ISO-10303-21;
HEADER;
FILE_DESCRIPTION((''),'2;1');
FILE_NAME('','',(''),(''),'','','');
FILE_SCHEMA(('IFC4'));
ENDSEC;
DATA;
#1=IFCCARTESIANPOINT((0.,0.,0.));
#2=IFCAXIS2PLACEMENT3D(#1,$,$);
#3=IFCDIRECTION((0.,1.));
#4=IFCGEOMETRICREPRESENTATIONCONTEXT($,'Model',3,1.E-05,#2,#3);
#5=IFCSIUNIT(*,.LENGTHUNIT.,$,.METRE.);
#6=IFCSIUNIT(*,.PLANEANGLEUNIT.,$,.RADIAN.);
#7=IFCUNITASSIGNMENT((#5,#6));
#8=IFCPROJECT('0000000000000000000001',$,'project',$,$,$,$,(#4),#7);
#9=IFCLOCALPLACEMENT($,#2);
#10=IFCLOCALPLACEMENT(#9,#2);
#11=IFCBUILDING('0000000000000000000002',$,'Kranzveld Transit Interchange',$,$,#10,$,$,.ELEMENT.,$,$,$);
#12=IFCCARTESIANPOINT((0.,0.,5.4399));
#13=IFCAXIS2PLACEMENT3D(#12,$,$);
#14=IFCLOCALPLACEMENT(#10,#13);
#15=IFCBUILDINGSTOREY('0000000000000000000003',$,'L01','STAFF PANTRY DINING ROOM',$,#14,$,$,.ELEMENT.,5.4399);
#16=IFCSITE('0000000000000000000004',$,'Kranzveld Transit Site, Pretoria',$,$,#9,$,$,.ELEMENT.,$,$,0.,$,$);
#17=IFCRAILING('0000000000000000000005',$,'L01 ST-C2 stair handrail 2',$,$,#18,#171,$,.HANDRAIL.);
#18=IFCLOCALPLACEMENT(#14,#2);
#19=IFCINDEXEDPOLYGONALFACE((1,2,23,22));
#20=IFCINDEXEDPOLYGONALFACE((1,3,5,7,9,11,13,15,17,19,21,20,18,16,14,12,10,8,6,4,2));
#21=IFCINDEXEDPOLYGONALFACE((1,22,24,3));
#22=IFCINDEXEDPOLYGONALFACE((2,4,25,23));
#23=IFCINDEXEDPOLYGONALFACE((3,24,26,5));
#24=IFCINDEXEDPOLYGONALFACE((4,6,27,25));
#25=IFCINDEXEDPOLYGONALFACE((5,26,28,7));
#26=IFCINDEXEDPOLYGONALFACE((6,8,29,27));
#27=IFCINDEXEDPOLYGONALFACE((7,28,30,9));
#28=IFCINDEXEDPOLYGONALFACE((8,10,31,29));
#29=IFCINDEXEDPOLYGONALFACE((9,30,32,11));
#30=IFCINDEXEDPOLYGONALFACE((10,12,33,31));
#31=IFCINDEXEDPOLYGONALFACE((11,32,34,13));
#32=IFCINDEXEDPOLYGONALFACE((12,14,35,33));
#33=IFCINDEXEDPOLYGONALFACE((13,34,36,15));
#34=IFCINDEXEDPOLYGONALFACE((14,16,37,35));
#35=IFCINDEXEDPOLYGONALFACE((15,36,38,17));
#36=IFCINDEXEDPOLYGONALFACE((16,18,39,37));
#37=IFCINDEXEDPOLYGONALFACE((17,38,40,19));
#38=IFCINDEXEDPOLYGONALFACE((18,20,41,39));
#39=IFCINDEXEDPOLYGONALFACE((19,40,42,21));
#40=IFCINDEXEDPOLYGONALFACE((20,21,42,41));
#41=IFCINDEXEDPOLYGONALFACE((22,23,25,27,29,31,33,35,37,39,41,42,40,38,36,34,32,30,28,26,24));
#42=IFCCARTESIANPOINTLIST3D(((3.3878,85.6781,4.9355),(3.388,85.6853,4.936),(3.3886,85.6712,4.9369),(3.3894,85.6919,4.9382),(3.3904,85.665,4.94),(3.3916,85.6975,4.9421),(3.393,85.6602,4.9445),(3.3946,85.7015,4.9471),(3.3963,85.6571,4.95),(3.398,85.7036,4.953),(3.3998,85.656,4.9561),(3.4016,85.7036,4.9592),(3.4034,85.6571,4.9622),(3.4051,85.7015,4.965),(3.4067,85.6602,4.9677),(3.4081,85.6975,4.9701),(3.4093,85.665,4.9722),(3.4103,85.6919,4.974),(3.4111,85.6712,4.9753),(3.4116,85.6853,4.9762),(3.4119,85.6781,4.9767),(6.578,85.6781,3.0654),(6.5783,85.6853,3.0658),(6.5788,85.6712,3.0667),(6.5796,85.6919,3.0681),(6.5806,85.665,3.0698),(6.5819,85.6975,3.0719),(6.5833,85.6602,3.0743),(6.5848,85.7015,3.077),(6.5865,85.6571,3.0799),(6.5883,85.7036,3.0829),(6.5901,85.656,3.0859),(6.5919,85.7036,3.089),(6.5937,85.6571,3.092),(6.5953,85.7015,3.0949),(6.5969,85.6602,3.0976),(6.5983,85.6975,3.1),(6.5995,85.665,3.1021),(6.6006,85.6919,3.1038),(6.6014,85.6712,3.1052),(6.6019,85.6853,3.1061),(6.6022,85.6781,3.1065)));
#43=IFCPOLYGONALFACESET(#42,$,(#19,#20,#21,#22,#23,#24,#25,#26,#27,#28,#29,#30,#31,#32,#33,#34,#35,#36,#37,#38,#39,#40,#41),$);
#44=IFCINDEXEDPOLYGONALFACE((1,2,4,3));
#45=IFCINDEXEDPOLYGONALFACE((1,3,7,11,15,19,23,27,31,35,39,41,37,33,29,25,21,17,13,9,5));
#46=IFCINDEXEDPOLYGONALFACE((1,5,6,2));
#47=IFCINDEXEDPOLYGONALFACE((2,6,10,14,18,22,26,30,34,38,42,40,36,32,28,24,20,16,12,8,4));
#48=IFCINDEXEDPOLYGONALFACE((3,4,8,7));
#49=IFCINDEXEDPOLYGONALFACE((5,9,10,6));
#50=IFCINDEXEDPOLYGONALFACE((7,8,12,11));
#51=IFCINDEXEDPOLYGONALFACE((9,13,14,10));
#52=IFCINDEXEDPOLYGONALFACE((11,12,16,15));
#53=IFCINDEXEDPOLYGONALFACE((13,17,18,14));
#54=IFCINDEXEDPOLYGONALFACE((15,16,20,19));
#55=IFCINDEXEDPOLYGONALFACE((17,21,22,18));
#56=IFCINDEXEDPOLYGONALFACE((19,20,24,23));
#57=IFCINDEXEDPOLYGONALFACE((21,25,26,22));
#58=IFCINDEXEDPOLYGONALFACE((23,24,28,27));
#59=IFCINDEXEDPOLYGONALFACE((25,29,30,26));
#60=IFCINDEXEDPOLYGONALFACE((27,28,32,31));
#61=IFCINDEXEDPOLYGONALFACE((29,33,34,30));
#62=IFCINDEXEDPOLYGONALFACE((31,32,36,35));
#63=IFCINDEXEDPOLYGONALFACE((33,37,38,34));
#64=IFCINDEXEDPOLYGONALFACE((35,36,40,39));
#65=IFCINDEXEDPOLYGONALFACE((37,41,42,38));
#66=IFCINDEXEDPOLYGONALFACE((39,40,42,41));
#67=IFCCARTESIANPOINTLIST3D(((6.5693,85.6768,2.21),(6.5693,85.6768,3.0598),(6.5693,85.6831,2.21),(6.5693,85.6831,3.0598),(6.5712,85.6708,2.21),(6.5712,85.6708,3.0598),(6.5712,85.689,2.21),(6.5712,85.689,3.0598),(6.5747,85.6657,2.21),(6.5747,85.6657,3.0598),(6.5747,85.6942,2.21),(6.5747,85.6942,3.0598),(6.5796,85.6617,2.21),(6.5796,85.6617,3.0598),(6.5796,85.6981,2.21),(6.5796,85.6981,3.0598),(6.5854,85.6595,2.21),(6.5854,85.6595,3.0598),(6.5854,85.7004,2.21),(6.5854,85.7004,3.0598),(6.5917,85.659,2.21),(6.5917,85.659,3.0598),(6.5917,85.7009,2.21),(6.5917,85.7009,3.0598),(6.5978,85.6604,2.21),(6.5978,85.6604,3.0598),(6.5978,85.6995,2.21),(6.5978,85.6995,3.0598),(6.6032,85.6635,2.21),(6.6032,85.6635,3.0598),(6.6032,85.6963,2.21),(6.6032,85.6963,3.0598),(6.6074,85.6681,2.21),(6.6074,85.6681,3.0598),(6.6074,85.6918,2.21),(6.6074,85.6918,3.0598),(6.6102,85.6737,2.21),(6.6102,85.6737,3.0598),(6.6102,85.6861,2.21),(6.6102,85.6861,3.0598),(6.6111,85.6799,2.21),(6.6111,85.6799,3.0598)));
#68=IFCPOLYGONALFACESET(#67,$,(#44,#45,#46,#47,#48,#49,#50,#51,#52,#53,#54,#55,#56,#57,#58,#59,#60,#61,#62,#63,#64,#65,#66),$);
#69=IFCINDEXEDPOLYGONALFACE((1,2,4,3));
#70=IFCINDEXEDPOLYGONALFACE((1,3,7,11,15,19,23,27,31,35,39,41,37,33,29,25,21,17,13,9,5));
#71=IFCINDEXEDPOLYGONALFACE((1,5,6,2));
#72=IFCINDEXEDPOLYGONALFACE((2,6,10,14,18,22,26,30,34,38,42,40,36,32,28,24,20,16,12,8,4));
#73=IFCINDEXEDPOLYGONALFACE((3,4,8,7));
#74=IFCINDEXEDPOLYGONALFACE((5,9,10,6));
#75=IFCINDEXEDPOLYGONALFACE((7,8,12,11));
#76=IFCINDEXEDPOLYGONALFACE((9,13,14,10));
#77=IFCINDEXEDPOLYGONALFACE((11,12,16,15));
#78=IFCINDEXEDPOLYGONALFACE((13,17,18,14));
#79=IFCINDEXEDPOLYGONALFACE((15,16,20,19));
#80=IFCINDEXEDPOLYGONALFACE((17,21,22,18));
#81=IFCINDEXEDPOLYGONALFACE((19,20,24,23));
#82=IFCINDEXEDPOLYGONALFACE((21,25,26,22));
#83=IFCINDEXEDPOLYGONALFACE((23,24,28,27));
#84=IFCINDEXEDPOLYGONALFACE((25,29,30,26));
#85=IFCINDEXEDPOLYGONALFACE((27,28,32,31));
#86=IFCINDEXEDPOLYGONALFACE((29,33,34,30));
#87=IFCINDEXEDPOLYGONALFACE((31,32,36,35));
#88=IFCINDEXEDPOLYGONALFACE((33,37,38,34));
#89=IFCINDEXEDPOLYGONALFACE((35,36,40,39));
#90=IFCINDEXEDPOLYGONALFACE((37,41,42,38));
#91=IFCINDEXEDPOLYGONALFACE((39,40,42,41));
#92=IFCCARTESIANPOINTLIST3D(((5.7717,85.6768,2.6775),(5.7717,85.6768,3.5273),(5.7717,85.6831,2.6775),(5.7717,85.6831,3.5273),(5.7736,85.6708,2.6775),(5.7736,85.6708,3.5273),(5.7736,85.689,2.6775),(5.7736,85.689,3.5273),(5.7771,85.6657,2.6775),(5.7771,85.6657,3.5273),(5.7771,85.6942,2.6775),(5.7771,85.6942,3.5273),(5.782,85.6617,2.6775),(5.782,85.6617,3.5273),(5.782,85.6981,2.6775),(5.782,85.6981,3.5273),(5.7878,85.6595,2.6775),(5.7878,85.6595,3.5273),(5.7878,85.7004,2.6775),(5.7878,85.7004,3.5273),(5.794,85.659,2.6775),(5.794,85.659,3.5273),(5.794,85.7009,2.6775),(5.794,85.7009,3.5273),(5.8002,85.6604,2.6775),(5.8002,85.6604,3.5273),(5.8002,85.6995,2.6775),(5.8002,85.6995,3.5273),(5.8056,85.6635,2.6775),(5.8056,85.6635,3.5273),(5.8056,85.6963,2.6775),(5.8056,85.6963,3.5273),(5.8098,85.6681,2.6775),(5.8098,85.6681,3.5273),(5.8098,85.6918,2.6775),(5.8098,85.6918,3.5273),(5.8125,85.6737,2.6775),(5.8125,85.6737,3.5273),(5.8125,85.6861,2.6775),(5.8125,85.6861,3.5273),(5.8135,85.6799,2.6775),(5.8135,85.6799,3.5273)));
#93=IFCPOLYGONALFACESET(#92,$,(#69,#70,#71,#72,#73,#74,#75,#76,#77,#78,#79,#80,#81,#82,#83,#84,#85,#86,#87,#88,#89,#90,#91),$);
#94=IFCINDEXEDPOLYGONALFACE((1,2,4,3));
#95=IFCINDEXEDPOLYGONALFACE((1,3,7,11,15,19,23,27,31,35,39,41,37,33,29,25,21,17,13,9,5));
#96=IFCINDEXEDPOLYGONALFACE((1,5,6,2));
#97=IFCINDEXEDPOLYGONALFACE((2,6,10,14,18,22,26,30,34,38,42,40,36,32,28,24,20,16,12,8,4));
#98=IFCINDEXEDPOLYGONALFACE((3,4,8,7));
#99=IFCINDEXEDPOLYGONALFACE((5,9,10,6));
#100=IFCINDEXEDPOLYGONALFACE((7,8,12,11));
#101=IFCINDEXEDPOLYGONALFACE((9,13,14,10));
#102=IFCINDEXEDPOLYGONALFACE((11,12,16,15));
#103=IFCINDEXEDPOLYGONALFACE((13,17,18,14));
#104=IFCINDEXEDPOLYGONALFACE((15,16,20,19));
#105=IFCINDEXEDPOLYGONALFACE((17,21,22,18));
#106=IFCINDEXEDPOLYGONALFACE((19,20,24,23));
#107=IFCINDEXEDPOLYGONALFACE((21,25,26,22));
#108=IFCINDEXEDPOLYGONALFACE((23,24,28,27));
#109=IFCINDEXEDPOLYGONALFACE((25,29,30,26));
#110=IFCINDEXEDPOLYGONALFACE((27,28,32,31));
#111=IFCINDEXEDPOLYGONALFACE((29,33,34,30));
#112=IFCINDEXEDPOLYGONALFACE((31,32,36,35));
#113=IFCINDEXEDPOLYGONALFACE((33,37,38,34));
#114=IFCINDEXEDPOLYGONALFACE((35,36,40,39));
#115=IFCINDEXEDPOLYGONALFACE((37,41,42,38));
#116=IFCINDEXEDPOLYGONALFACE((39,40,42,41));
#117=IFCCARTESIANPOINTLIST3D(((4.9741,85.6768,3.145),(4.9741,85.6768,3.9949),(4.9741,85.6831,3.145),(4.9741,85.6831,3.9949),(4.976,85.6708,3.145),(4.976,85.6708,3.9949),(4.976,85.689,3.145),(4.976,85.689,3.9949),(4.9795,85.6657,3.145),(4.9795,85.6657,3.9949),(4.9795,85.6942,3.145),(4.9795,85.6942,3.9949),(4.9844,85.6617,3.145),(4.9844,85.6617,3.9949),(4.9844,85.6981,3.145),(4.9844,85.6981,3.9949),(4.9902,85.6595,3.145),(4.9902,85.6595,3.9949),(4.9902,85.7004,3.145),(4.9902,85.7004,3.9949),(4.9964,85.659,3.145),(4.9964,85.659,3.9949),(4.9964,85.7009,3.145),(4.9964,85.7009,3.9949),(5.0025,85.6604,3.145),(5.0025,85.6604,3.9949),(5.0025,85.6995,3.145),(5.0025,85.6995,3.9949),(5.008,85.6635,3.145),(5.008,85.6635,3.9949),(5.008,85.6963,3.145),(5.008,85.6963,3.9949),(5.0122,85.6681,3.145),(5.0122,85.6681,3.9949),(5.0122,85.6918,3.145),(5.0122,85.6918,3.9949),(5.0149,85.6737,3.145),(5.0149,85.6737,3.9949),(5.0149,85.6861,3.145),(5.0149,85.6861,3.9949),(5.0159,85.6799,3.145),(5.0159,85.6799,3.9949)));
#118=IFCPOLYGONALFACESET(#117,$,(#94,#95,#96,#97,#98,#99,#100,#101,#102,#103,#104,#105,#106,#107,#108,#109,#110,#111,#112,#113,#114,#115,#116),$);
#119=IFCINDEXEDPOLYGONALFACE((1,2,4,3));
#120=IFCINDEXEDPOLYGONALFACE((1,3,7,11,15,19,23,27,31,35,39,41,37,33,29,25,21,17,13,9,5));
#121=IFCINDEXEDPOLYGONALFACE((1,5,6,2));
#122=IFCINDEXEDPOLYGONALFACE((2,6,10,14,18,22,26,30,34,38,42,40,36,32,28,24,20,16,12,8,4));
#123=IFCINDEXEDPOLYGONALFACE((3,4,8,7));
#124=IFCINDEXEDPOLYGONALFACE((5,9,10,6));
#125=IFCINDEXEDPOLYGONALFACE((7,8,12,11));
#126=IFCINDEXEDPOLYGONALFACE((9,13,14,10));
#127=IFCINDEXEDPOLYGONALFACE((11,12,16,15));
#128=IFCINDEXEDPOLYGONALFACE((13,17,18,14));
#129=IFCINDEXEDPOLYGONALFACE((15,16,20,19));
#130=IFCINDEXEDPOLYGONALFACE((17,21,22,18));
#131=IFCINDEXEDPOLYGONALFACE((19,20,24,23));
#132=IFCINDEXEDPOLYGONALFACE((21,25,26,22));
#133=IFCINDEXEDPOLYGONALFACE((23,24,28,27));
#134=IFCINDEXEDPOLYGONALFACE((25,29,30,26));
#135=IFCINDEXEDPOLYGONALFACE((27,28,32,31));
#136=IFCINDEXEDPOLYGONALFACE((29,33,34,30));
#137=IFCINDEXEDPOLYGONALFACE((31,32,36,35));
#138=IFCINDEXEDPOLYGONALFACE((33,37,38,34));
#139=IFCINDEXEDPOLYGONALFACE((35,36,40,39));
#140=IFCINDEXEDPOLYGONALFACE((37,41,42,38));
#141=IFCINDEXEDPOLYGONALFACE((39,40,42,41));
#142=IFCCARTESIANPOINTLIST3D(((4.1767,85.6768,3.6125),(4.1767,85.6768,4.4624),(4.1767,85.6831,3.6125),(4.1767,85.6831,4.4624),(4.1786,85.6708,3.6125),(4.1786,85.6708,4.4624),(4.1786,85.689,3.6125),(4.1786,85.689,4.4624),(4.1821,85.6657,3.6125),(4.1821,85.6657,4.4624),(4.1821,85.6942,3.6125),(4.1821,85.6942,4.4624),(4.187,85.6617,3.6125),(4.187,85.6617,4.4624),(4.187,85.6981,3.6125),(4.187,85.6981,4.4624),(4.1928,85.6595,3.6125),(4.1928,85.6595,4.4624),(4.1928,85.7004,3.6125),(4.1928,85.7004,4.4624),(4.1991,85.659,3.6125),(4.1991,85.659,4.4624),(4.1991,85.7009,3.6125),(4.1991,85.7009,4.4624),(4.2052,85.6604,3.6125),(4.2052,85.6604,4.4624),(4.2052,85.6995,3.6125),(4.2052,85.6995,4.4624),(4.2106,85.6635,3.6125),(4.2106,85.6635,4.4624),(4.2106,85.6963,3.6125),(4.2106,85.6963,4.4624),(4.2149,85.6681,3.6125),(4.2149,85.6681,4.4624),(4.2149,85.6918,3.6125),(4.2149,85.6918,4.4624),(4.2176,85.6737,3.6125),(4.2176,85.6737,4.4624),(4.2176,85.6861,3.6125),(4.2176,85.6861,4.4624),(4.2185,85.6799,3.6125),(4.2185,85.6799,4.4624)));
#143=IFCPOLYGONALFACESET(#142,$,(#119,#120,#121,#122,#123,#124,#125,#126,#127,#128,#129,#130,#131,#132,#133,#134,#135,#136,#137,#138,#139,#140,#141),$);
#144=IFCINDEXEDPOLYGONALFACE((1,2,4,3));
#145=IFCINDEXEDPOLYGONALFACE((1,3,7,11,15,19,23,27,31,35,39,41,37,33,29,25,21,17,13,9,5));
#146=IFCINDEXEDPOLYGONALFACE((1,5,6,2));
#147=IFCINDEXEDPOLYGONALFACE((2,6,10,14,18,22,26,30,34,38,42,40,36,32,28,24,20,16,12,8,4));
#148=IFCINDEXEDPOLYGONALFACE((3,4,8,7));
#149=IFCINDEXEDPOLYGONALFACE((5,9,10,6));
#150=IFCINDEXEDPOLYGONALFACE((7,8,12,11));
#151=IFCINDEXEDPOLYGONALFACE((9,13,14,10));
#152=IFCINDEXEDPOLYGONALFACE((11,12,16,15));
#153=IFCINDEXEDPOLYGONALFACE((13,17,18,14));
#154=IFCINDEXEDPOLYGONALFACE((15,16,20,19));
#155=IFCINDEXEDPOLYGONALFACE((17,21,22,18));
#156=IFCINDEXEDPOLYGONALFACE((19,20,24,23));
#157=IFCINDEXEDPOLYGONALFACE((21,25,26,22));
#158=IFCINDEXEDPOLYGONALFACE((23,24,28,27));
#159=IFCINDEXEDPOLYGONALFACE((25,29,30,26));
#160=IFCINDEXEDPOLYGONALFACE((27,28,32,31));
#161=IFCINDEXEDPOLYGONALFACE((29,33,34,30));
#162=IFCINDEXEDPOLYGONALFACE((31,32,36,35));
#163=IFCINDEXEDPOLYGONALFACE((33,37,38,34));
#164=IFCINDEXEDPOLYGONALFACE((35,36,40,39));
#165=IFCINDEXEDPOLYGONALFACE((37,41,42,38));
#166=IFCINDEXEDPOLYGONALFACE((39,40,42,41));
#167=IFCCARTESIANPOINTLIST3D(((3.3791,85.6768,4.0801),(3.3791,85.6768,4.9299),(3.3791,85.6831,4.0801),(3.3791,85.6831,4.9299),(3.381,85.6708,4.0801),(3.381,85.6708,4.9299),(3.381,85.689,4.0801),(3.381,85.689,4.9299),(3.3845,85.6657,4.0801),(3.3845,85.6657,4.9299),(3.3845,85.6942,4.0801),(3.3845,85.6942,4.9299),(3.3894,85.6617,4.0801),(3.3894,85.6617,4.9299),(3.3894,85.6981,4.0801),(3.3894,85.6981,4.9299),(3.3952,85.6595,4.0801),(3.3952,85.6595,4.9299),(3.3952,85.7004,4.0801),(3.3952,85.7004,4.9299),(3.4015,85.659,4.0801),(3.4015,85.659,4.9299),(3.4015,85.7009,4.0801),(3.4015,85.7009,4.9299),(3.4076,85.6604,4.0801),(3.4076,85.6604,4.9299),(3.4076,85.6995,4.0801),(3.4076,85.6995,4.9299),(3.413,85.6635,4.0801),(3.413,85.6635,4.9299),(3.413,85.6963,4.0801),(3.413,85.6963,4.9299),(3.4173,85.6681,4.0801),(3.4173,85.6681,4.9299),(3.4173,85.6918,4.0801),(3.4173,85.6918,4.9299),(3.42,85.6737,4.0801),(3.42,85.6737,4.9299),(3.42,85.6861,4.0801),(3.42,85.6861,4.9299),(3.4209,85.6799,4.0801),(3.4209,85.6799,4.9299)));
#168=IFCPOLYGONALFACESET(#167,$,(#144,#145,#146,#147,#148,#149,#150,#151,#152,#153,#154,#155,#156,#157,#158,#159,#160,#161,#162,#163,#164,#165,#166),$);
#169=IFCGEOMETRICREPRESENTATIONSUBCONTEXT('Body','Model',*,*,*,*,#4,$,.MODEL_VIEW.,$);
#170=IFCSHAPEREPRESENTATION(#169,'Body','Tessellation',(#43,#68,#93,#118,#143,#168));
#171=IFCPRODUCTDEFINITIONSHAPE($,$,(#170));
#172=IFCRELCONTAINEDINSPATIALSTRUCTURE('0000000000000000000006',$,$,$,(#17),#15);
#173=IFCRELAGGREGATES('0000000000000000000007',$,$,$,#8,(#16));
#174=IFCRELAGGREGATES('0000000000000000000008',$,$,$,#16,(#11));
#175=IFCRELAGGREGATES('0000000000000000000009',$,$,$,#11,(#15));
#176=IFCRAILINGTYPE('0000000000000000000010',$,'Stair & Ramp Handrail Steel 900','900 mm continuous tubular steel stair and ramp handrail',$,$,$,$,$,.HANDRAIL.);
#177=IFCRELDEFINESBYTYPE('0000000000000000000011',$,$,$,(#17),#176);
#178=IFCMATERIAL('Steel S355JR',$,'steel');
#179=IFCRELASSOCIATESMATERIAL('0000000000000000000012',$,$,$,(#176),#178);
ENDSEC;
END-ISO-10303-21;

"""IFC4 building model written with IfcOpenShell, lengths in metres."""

from ifc_helpers import new_model, si_unit, direction, frame, origin, origin_2d, place, context, subcontext, project, spatial, circle, extrude, material, type_object, element, save


model = new_model("IFC4")

# Units and contexts
model_context = context("Model", 3, precision=1e-05, world=origin(), true_north=direction((0.0, 1.0)))
body_context = subcontext(model_context, "Body", "Model", "MODEL_VIEW")
ifc_project = project(units=[si_unit("LENGTHUNIT", "METRE"), si_unit("PLANEANGLEUNIT", "RADIAN")], contexts=[model_context])

# Site, building, storey
site_placement = place(None, origin())
site = spatial("IfcSite", under=ifc_project, at=site_placement, Name="Kranzveld Transit Site, Pretoria", CompositionType="ELEMENT", RefElevation=0.0)
building_placement = place(site_placement, origin())
building = spatial("IfcBuilding", under=site, at=building_placement, Name="Kranzveld Transit Interchange", CompositionType="ELEMENT")
storey_placement = place(building_placement, frame((0.0, 0.0, 5.4399)))
storey = spatial("IfcBuildingStorey", under=building, at=storey_placement, Name="L01", Description="STAFF PANTRY DINING ROOM", CompositionType="ELEMENT", Elevation=5.4399)

# Railing
ifc_material_1 = material(Name="Steel S355JR", Category="steel")
railing_type_1 = type_object("IfcRailingType", Name="Stair & Ramp Handrail Steel 900", Description="900 mm continuous tubular steel stair and ramp handrail", PredefinedType="HANDRAIL", material=ifc_material_1)
railing_1_placement = place(storey_placement, frame((6.5901, 85.6799, 2.21)))
element("IfcRailing", 1, at=railing_1_placement, inside=storey, type_object=railing_type_1, Name="L01 ST-C2 stair handrail 2", PredefinedType="HANDRAIL", context=body_context, shape_type="SweptSolid", body=[
    extrude(circle(Radius=0.0239, at=origin_2d()), frame((0.0, 0.0, 0.876), z_axis=(-0.862697, 0.0, 0.505721), x_axis=(0.0, -1.0, 0.0)), (0.0, 0.0, 1.0), 3.698),
    extrude(circle(Radius=0.021, at=origin_2d()), origin(), (0.0, 0.0, 1.0), 0.8499),
    extrude(circle(Radius=0.021, at=origin_2d()), frame((-0.7976, 0.0, 0.4675)), (0.0, 0.0, 1.0), 0.8499),
    extrude(circle(Radius=0.021, at=origin_2d()), frame((-1.5952, 0.0, 0.9351)), (0.0, 0.0, 1.0), 0.8499),
    extrude(circle(Radius=0.021, at=origin_2d()), frame((-2.3926, 0.0, 1.4026)), (0.0, 0.0, 1.0), 0.8499),
    extrude(circle(Radius=0.021, at=origin_2d()), frame((-3.1902, 0.0, 1.8701)), (0.0, 0.0, 1.0), 0.8499),
])

save(model, "model.ifc")
